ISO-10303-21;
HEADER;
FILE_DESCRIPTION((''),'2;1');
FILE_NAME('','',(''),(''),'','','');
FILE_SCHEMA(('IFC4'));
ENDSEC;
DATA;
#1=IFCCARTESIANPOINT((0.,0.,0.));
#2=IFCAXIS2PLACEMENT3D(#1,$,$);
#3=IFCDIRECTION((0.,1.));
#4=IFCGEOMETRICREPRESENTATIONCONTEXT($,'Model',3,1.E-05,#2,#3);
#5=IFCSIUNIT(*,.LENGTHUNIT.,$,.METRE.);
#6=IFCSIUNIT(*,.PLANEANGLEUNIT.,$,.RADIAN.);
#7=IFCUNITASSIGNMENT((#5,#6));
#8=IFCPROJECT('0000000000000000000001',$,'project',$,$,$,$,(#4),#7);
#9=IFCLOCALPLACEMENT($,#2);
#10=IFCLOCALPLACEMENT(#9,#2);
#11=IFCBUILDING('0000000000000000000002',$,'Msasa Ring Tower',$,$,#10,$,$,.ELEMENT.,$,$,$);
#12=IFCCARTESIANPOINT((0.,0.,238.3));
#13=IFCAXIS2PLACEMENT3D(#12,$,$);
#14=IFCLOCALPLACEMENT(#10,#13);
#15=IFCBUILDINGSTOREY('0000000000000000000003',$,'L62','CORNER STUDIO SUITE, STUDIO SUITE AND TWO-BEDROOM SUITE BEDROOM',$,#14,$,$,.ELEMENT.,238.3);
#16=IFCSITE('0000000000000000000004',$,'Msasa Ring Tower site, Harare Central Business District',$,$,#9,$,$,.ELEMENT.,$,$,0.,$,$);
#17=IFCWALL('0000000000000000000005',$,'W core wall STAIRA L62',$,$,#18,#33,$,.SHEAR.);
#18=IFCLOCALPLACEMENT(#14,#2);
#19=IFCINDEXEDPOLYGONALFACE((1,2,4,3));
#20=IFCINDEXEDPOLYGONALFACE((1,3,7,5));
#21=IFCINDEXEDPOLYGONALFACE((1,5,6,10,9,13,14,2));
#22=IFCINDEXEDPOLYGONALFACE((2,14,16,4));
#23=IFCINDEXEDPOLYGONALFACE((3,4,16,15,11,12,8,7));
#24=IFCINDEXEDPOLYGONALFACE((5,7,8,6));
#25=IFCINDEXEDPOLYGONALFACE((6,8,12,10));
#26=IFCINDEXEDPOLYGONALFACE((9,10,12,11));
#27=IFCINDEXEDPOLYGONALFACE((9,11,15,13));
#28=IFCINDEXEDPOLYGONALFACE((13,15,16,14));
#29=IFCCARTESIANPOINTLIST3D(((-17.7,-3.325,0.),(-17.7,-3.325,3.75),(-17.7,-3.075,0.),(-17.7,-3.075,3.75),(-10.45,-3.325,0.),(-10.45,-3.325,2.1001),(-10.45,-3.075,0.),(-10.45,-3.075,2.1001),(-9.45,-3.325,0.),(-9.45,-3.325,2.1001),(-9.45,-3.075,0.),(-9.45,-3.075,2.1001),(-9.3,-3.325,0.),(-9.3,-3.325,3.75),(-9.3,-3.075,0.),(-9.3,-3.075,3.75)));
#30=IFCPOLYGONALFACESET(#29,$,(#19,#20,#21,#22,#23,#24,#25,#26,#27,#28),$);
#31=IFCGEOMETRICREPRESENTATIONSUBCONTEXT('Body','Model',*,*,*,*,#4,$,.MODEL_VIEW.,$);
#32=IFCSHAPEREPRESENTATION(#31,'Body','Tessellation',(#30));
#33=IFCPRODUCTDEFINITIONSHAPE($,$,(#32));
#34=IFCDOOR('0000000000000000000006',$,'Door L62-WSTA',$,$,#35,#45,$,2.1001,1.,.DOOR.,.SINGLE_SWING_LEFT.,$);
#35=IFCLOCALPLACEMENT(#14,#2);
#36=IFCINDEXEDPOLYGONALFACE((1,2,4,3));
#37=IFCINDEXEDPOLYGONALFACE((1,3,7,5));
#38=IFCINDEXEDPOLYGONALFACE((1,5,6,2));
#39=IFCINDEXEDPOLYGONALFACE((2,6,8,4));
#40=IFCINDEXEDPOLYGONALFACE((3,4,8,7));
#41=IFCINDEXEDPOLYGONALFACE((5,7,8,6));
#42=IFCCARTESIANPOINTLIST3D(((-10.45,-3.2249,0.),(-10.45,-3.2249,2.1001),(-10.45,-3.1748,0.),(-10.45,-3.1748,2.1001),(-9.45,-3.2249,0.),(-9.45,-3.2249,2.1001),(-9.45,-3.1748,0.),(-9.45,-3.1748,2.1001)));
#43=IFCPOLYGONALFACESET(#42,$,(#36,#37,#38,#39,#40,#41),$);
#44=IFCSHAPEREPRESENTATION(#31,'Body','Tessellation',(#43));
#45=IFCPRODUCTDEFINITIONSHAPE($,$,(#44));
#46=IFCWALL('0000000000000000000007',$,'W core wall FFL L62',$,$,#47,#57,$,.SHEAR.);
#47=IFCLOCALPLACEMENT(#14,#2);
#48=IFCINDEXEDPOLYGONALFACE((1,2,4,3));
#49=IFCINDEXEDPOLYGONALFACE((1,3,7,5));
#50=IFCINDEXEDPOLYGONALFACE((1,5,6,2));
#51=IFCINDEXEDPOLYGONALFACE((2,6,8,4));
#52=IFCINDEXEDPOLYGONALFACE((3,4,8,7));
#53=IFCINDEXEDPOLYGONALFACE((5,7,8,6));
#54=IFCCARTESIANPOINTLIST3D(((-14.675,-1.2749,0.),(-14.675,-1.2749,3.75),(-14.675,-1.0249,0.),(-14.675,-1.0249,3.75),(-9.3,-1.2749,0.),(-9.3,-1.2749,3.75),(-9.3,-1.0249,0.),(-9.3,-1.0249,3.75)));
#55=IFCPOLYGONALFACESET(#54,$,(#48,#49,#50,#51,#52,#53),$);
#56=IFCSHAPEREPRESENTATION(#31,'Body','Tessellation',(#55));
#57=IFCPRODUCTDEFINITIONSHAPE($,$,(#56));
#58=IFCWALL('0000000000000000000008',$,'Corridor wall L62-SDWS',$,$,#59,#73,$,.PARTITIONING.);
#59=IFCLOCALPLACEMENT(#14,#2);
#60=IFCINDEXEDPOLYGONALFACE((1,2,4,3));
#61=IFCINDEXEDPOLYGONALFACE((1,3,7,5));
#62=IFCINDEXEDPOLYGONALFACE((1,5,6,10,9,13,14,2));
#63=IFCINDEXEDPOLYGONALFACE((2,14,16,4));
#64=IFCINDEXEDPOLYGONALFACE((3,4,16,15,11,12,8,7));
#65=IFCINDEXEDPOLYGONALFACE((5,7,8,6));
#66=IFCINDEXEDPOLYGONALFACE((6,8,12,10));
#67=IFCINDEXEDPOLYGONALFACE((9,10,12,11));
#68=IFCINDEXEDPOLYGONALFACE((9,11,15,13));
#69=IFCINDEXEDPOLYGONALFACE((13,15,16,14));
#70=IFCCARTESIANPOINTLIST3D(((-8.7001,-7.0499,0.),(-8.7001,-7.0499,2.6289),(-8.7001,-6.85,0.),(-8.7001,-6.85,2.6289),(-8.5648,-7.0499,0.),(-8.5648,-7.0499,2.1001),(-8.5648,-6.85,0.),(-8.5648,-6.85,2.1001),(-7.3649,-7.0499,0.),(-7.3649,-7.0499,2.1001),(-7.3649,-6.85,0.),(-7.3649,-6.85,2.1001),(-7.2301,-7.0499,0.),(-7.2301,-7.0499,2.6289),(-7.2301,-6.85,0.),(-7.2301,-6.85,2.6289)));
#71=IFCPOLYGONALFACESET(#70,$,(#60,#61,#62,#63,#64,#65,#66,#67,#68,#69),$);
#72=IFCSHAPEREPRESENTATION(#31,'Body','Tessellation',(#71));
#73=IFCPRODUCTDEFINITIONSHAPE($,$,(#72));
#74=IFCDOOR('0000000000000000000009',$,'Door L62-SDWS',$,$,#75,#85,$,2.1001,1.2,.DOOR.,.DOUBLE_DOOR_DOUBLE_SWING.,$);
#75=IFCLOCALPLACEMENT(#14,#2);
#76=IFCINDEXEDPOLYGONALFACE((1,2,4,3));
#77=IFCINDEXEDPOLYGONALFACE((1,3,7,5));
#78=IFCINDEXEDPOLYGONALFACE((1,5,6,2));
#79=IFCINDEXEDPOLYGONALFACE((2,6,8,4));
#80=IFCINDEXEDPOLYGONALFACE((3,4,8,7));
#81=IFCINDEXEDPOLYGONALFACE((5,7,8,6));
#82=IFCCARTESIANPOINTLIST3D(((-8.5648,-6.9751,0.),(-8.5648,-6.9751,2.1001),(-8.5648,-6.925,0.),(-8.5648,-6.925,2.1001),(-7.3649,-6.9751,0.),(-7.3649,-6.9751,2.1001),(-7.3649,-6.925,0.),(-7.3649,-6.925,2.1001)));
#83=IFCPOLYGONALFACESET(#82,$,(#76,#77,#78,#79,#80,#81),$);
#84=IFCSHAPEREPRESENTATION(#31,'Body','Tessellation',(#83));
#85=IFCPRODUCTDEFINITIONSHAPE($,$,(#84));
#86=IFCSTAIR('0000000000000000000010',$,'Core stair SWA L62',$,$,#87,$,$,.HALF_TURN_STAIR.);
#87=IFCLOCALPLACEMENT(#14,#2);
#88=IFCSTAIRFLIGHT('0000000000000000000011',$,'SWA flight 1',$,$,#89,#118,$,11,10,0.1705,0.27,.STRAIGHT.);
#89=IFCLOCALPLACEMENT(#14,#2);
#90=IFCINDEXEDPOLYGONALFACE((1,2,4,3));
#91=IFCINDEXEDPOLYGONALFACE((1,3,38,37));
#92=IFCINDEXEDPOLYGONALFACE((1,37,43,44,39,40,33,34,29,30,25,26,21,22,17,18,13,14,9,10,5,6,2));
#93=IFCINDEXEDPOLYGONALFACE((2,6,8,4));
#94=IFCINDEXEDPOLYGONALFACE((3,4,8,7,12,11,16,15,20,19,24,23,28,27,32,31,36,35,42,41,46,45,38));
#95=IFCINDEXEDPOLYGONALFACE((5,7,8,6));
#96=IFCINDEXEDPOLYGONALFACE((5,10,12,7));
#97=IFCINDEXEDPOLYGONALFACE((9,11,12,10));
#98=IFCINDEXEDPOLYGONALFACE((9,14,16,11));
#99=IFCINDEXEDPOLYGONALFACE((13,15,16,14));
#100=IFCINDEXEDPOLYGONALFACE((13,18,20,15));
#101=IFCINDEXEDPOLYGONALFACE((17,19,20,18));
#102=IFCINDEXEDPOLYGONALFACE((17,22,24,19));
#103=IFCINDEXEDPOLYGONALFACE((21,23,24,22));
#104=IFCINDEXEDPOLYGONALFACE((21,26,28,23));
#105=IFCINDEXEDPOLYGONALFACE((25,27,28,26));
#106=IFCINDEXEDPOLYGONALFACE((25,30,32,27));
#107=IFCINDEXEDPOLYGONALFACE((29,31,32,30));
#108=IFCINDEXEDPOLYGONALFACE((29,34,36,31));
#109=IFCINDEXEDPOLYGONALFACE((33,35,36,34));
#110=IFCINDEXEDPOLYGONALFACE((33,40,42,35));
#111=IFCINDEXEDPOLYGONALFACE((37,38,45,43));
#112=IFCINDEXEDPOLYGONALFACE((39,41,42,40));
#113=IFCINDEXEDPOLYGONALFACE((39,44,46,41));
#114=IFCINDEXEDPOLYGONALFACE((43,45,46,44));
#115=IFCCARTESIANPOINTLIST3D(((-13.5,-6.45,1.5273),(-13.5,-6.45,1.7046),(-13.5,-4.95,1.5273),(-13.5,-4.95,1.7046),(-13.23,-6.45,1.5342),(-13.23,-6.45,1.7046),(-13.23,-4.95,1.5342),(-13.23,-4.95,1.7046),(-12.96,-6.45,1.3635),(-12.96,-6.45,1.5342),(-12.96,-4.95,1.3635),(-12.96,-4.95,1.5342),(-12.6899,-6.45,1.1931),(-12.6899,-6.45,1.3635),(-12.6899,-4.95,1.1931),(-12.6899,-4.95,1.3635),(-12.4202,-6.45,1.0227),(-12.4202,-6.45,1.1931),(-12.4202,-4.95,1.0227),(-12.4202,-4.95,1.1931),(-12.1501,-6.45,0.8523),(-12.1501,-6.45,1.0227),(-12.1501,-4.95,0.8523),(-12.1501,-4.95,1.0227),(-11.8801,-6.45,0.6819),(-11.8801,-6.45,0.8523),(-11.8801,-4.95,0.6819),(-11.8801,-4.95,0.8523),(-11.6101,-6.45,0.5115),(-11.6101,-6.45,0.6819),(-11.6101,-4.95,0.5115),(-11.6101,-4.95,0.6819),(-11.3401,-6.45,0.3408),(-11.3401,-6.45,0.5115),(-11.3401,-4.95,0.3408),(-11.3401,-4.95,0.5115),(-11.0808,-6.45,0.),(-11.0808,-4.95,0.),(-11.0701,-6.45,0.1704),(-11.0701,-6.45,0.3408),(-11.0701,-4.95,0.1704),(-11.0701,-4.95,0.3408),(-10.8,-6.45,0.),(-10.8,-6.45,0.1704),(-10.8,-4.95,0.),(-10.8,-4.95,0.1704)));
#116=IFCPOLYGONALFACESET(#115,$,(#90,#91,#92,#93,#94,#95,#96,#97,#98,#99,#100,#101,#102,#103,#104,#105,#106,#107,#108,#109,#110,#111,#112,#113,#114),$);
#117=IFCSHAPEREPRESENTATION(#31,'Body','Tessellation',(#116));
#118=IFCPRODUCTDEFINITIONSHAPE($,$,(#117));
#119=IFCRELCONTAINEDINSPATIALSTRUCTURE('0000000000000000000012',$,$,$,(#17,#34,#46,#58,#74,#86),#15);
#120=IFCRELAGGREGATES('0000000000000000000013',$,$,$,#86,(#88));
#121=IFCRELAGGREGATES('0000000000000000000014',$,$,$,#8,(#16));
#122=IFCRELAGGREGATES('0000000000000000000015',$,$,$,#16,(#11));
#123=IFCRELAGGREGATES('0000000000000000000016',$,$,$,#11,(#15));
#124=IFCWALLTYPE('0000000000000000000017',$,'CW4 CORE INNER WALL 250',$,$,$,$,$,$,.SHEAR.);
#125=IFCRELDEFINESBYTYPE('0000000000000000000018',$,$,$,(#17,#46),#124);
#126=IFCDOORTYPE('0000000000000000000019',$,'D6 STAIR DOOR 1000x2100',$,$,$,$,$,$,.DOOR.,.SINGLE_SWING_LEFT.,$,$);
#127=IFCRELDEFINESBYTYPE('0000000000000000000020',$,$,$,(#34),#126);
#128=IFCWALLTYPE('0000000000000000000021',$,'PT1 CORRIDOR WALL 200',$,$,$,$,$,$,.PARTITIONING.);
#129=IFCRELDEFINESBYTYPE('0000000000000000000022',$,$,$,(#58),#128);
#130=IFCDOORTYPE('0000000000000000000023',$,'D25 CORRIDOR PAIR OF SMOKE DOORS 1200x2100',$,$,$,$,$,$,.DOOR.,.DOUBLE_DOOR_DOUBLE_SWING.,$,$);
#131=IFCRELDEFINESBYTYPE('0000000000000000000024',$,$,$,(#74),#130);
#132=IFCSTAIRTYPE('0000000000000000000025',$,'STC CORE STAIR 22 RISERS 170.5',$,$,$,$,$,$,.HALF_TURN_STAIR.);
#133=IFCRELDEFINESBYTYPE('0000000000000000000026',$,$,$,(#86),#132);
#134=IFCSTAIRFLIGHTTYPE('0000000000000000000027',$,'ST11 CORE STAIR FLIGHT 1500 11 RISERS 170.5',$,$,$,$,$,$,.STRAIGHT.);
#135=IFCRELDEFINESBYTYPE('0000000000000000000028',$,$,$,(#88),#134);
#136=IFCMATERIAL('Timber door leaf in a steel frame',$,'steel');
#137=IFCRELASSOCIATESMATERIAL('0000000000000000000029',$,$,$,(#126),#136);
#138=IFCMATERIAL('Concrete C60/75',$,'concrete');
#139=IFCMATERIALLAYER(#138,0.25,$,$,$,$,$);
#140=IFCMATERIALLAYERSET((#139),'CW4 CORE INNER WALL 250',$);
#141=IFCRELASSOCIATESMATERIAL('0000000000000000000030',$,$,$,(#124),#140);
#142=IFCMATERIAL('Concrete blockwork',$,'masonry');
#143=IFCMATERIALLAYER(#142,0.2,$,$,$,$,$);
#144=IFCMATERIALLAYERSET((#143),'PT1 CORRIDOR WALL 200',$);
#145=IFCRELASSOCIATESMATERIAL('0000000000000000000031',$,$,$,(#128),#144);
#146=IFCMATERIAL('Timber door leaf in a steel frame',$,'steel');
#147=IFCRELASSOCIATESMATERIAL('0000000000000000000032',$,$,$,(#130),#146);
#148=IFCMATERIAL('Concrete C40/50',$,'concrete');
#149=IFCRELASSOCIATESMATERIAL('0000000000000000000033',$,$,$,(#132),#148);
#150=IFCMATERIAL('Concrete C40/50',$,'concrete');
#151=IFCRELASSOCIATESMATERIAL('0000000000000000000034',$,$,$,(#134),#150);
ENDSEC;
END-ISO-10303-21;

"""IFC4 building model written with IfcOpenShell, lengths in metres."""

from ifc_helpers import new_model, si_unit, direction, frame, frame_2d, origin, place, context, subcontext, project, spatial, polyline, rectangle, outline, extrude, material, layer, layer_set, type_object, element, fill, aggregate, save


model = new_model("IFC4")

# Units and contexts
model_context = context("Model", 3, precision=1e-05, world=origin(), true_north=direction((0.0, 1.0)))
body_context = subcontext(model_context, "Body", "Model", "MODEL_VIEW")
ifc_project = project(units=[si_unit("LENGTHUNIT", "METRE"), si_unit("PLANEANGLEUNIT", "RADIAN")], contexts=[model_context])

# Site, building, storey
site_placement = place(None, origin())
site = spatial("IfcSite", under=ifc_project, at=site_placement, Name="Msasa Ring Tower site, Harare Central Business District", CompositionType="ELEMENT", RefElevation=0.0)
building_placement = place(site_placement, origin())
building = spatial("IfcBuilding", under=site, at=building_placement, Name="Msasa Ring Tower", CompositionType="ELEMENT")
storey_placement = place(building_placement, frame((0.0, 0.0, 238.3)))
storey = spatial("IfcBuildingStorey", under=building, at=storey_placement, Name="L62", Description="CORNER STUDIO SUITE, STUDIO SUITE AND TWO-BEDROOM SUITE BEDROOM", CompositionType="ELEMENT", Elevation=238.3)

# Shared definitions
ifc_material_1 = material(Name="Timber door leaf in a steel frame", Category="steel")
door_type_1 = type_object("IfcDoorType", Name="D6 STAIR DOOR 1000x2100", OperationType="SINGLE_SWING_LEFT", PredefinedType="DOOR", material=ifc_material_1)

# Wall, opening, door
ifc_material_2 = material(Name="Concrete C60/75", Category="concrete")
ifc_layer_1 = layer(ifc_material_2, 0.25)
ifc_layer_set_1 = layer_set([ifc_layer_1], Name="CW4 CORE INNER WALL 250")
wall_type_1 = type_object("IfcWallType", Name="CW4 CORE INNER WALL 250", PredefinedType="SHEAR", material=ifc_layer_set_1)
wall_1_placement = place(storey_placement, frame((-9.3, -3.2, 0.0), z_axis=(0.0, 0.0, 1.0), x_axis=(-1.0, 0.0, 0.0)))
wall_1 = element("IfcWall", 1, at=wall_1_placement, inside=storey, type_object=wall_type_1, Name="W core wall STAIRA L62", PredefinedType="SHEAR", context=body_context, shape_type="SweptSolid", body=[
    extrude(rectangle(XDim=8.3999, YDim=0.25, at=frame_2d((4.2, 0.0))), origin(), (0.0, 0.0, 1.0), 3.75),
])
opening_1_placement = place(wall_1_placement, frame((0.1499, 0.0, 0.0)))
opening_1 = element("IfcOpeningElement", 2, at=opening_1_placement, cuts=wall_1, PredefinedType="OPENING", context=body_context, shape_type="SweptSolid", body=[
    extrude(rectangle(XDim=1.0, YDim=2.1001, at=frame_2d((0.5, 1.05))), frame((0.0, 0.135, 0.0), z_axis=(0.0, -1.0, 0.0), x_axis=(1.0, 0.0, 0.0)), (0.0, 0.0, 1.0), 0.27),
])
door_1_placement = place(opening_1_placement, origin())
door_1 = element("IfcDoor", 3, at=door_1_placement, inside=storey, type_object=door_type_1, Name="Door L62-WSTA", OperationType="SINGLE_SWING_LEFT", OverallHeight=2.1001, OverallWidth=1.0, PredefinedType="DOOR", context=body_context, shape_type="SweptSolid", body=[
    extrude(rectangle(XDim=1.0, YDim=2.1001, at=frame_2d((0.5, 1.05))), frame((0.0, 0.0249, 0.0), z_axis=(0.0, -1.0, 0.0), x_axis=(1.0, 0.0, 0.0)), (0.0, 0.0, 1.0), 0.05),
])
fill(opening_1, door_1)

# Wall
wall_2_placement = place(storey_placement, frame((-9.3, -1.1499, 0.0), z_axis=(0.0, 0.0, 1.0), x_axis=(-1.0, 0.0, 0.0)))
element("IfcWall", 4, at=wall_2_placement, inside=storey, type_object=wall_type_1, Name="W core wall FFL L62", PredefinedType="SHEAR", context=body_context, shape_type="SweptSolid", body=[
    extrude(rectangle(XDim=5.375, YDim=0.25, at=frame_2d((2.6875, 0.0))), origin(), (0.0, 0.0, 1.0), 3.75),
])

# Wall, opening, door
ifc_material_3 = material(Name="Concrete blockwork", Category="masonry")
ifc_layer_2 = layer(ifc_material_3, 0.2)
ifc_layer_set_2 = layer_set([ifc_layer_2], Name="PT1 CORRIDOR WALL 200")
wall_type_2 = type_object("IfcWallType", Name="PT1 CORRIDOR WALL 200", PredefinedType="PARTITIONING", material=ifc_layer_set_2)
wall_3_placement = place(storey_placement, frame((-8.7, -6.95, 0.0), z_axis=(0.0, 0.0, 1.0), x_axis=(1.0, 0.0, 0.0)))
wall_3 = element("IfcWall", 5, at=wall_3_placement, inside=storey, type_object=wall_type_2, Name="Corridor wall L62-SDWS", PredefinedType="PARTITIONING", context=body_context, shape_type="SweptSolid", body=[
    extrude(rectangle(XDim=1.47, YDim=0.2, at=frame_2d((0.7349, 0.0))), origin(), (0.0, 0.0, 1.0), 2.6289),
])
opening_2_placement = place(wall_3_placement, frame((0.135, 0.0, 0.0)))
opening_2 = element("IfcOpeningElement", 6, at=opening_2_placement, cuts=wall_3, PredefinedType="OPENING", context=body_context, shape_type="SweptSolid", body=[
    extrude(rectangle(XDim=1.2, YDim=2.1001, at=frame_2d((0.6001, 1.05))), frame((0.0, 0.1099, 0.0), z_axis=(0.0, -1.0, 0.0), x_axis=(1.0, 0.0, 0.0)), (0.0, 0.0, 1.0), 0.22),
])
ifc_material_4 = material(Name="Timber door leaf in a steel frame", Category="steel")
door_type_2 = type_object("IfcDoorType", Name="D25 CORRIDOR PAIR OF SMOKE DOORS 1200x2100", OperationType="DOUBLE_DOOR_DOUBLE_SWING", PredefinedType="DOOR", material=ifc_material_4)
door_2_placement = place(opening_2_placement, origin())
door_2 = element("IfcDoor", 7, at=door_2_placement, inside=storey, type_object=door_type_2, Name="Door L62-SDWS", OperationType="DOUBLE_DOOR_DOUBLE_SWING", OverallHeight=2.1001, OverallWidth=1.2, PredefinedType="DOOR", context=body_context, shape_type="SweptSolid", body=[
    extrude(rectangle(XDim=1.2, YDim=2.1001, at=frame_2d((0.6001, 1.05))), frame((0.0, 0.0249, 0.0), z_axis=(0.0, -1.0, 0.0), x_axis=(1.0, 0.0, 0.0)), (0.0, 0.0, 1.0), 0.05),
])
fill(opening_2, door_2)

# Stair, stair flight
ifc_material_5 = material(Name="Concrete C40/50", Category="concrete")
stair_type = type_object("IfcStairType", Name="STC CORE STAIR 22 RISERS 170.5", PredefinedType="HALF_TURN_STAIR", material=ifc_material_5)
stair_placement = place(storey_placement, origin())
stair = element("IfcStair", 8, at=stair_placement, inside=storey, type_object=stair_type, Name="Core stair SWA L62", PredefinedType="HALF_TURN_STAIR")
ifc_material_6 = material(Name="Concrete C40/50", Category="concrete")
stair_flight_type = type_object("IfcStairFlightType", Name="ST11 CORE STAIR FLIGHT 1500 11 RISERS 170.5", PredefinedType="STRAIGHT", material=ifc_material_6)
stair_flight_placement = place(storey_placement, frame((-10.8, -5.7, 0.0), z_axis=(0.0, 0.0, 1.0), x_axis=(-1.0, 0.0, 0.0)))
stair_flight = element("IfcStairFlight", 9, at=stair_flight_placement, type_object=stair_flight_type, Name="SWA flight 1", NumberOfRisers=11, NumberOfTreads=10, PredefinedType="STRAIGHT", RiserHeight=0.1705, TreadLength=0.27, context=body_context, shape_type="SweptSolid", body=[
    extrude(outline(polyline([(0.0, 0.0), (0.0, 0.1704), (0.27, 0.1704), (0.27, 0.3408), (0.54, 0.3408), (0.54, 0.5115), (0.8101, 0.5115), (0.8101, 0.6819), (1.0801, 0.6819), (1.0801, 0.8523), (1.3501, 0.8523), (1.3501, 1.0227), (1.6201, 1.0227), (1.6201, 1.1931), (1.8899, 1.1931), (1.8899, 1.3635), (2.1599, 1.3635), (2.1599, 1.5342), (2.4299, 1.5342), (2.4299, 1.7046), (2.7, 1.7046), (2.7, 1.875), (2.7, 1.5273), (0.2808, 0.0), (0.0, 0.0)])), frame((0.0, 0.75, 0.0), z_axis=(0.0, -1.0, 0.0), x_axis=(1.0, 0.0, 0.0)), (0.0, 0.0, 1.0), 1.5),
])
aggregate(stair, [stair_flight])

save(model, "model.ifc")
